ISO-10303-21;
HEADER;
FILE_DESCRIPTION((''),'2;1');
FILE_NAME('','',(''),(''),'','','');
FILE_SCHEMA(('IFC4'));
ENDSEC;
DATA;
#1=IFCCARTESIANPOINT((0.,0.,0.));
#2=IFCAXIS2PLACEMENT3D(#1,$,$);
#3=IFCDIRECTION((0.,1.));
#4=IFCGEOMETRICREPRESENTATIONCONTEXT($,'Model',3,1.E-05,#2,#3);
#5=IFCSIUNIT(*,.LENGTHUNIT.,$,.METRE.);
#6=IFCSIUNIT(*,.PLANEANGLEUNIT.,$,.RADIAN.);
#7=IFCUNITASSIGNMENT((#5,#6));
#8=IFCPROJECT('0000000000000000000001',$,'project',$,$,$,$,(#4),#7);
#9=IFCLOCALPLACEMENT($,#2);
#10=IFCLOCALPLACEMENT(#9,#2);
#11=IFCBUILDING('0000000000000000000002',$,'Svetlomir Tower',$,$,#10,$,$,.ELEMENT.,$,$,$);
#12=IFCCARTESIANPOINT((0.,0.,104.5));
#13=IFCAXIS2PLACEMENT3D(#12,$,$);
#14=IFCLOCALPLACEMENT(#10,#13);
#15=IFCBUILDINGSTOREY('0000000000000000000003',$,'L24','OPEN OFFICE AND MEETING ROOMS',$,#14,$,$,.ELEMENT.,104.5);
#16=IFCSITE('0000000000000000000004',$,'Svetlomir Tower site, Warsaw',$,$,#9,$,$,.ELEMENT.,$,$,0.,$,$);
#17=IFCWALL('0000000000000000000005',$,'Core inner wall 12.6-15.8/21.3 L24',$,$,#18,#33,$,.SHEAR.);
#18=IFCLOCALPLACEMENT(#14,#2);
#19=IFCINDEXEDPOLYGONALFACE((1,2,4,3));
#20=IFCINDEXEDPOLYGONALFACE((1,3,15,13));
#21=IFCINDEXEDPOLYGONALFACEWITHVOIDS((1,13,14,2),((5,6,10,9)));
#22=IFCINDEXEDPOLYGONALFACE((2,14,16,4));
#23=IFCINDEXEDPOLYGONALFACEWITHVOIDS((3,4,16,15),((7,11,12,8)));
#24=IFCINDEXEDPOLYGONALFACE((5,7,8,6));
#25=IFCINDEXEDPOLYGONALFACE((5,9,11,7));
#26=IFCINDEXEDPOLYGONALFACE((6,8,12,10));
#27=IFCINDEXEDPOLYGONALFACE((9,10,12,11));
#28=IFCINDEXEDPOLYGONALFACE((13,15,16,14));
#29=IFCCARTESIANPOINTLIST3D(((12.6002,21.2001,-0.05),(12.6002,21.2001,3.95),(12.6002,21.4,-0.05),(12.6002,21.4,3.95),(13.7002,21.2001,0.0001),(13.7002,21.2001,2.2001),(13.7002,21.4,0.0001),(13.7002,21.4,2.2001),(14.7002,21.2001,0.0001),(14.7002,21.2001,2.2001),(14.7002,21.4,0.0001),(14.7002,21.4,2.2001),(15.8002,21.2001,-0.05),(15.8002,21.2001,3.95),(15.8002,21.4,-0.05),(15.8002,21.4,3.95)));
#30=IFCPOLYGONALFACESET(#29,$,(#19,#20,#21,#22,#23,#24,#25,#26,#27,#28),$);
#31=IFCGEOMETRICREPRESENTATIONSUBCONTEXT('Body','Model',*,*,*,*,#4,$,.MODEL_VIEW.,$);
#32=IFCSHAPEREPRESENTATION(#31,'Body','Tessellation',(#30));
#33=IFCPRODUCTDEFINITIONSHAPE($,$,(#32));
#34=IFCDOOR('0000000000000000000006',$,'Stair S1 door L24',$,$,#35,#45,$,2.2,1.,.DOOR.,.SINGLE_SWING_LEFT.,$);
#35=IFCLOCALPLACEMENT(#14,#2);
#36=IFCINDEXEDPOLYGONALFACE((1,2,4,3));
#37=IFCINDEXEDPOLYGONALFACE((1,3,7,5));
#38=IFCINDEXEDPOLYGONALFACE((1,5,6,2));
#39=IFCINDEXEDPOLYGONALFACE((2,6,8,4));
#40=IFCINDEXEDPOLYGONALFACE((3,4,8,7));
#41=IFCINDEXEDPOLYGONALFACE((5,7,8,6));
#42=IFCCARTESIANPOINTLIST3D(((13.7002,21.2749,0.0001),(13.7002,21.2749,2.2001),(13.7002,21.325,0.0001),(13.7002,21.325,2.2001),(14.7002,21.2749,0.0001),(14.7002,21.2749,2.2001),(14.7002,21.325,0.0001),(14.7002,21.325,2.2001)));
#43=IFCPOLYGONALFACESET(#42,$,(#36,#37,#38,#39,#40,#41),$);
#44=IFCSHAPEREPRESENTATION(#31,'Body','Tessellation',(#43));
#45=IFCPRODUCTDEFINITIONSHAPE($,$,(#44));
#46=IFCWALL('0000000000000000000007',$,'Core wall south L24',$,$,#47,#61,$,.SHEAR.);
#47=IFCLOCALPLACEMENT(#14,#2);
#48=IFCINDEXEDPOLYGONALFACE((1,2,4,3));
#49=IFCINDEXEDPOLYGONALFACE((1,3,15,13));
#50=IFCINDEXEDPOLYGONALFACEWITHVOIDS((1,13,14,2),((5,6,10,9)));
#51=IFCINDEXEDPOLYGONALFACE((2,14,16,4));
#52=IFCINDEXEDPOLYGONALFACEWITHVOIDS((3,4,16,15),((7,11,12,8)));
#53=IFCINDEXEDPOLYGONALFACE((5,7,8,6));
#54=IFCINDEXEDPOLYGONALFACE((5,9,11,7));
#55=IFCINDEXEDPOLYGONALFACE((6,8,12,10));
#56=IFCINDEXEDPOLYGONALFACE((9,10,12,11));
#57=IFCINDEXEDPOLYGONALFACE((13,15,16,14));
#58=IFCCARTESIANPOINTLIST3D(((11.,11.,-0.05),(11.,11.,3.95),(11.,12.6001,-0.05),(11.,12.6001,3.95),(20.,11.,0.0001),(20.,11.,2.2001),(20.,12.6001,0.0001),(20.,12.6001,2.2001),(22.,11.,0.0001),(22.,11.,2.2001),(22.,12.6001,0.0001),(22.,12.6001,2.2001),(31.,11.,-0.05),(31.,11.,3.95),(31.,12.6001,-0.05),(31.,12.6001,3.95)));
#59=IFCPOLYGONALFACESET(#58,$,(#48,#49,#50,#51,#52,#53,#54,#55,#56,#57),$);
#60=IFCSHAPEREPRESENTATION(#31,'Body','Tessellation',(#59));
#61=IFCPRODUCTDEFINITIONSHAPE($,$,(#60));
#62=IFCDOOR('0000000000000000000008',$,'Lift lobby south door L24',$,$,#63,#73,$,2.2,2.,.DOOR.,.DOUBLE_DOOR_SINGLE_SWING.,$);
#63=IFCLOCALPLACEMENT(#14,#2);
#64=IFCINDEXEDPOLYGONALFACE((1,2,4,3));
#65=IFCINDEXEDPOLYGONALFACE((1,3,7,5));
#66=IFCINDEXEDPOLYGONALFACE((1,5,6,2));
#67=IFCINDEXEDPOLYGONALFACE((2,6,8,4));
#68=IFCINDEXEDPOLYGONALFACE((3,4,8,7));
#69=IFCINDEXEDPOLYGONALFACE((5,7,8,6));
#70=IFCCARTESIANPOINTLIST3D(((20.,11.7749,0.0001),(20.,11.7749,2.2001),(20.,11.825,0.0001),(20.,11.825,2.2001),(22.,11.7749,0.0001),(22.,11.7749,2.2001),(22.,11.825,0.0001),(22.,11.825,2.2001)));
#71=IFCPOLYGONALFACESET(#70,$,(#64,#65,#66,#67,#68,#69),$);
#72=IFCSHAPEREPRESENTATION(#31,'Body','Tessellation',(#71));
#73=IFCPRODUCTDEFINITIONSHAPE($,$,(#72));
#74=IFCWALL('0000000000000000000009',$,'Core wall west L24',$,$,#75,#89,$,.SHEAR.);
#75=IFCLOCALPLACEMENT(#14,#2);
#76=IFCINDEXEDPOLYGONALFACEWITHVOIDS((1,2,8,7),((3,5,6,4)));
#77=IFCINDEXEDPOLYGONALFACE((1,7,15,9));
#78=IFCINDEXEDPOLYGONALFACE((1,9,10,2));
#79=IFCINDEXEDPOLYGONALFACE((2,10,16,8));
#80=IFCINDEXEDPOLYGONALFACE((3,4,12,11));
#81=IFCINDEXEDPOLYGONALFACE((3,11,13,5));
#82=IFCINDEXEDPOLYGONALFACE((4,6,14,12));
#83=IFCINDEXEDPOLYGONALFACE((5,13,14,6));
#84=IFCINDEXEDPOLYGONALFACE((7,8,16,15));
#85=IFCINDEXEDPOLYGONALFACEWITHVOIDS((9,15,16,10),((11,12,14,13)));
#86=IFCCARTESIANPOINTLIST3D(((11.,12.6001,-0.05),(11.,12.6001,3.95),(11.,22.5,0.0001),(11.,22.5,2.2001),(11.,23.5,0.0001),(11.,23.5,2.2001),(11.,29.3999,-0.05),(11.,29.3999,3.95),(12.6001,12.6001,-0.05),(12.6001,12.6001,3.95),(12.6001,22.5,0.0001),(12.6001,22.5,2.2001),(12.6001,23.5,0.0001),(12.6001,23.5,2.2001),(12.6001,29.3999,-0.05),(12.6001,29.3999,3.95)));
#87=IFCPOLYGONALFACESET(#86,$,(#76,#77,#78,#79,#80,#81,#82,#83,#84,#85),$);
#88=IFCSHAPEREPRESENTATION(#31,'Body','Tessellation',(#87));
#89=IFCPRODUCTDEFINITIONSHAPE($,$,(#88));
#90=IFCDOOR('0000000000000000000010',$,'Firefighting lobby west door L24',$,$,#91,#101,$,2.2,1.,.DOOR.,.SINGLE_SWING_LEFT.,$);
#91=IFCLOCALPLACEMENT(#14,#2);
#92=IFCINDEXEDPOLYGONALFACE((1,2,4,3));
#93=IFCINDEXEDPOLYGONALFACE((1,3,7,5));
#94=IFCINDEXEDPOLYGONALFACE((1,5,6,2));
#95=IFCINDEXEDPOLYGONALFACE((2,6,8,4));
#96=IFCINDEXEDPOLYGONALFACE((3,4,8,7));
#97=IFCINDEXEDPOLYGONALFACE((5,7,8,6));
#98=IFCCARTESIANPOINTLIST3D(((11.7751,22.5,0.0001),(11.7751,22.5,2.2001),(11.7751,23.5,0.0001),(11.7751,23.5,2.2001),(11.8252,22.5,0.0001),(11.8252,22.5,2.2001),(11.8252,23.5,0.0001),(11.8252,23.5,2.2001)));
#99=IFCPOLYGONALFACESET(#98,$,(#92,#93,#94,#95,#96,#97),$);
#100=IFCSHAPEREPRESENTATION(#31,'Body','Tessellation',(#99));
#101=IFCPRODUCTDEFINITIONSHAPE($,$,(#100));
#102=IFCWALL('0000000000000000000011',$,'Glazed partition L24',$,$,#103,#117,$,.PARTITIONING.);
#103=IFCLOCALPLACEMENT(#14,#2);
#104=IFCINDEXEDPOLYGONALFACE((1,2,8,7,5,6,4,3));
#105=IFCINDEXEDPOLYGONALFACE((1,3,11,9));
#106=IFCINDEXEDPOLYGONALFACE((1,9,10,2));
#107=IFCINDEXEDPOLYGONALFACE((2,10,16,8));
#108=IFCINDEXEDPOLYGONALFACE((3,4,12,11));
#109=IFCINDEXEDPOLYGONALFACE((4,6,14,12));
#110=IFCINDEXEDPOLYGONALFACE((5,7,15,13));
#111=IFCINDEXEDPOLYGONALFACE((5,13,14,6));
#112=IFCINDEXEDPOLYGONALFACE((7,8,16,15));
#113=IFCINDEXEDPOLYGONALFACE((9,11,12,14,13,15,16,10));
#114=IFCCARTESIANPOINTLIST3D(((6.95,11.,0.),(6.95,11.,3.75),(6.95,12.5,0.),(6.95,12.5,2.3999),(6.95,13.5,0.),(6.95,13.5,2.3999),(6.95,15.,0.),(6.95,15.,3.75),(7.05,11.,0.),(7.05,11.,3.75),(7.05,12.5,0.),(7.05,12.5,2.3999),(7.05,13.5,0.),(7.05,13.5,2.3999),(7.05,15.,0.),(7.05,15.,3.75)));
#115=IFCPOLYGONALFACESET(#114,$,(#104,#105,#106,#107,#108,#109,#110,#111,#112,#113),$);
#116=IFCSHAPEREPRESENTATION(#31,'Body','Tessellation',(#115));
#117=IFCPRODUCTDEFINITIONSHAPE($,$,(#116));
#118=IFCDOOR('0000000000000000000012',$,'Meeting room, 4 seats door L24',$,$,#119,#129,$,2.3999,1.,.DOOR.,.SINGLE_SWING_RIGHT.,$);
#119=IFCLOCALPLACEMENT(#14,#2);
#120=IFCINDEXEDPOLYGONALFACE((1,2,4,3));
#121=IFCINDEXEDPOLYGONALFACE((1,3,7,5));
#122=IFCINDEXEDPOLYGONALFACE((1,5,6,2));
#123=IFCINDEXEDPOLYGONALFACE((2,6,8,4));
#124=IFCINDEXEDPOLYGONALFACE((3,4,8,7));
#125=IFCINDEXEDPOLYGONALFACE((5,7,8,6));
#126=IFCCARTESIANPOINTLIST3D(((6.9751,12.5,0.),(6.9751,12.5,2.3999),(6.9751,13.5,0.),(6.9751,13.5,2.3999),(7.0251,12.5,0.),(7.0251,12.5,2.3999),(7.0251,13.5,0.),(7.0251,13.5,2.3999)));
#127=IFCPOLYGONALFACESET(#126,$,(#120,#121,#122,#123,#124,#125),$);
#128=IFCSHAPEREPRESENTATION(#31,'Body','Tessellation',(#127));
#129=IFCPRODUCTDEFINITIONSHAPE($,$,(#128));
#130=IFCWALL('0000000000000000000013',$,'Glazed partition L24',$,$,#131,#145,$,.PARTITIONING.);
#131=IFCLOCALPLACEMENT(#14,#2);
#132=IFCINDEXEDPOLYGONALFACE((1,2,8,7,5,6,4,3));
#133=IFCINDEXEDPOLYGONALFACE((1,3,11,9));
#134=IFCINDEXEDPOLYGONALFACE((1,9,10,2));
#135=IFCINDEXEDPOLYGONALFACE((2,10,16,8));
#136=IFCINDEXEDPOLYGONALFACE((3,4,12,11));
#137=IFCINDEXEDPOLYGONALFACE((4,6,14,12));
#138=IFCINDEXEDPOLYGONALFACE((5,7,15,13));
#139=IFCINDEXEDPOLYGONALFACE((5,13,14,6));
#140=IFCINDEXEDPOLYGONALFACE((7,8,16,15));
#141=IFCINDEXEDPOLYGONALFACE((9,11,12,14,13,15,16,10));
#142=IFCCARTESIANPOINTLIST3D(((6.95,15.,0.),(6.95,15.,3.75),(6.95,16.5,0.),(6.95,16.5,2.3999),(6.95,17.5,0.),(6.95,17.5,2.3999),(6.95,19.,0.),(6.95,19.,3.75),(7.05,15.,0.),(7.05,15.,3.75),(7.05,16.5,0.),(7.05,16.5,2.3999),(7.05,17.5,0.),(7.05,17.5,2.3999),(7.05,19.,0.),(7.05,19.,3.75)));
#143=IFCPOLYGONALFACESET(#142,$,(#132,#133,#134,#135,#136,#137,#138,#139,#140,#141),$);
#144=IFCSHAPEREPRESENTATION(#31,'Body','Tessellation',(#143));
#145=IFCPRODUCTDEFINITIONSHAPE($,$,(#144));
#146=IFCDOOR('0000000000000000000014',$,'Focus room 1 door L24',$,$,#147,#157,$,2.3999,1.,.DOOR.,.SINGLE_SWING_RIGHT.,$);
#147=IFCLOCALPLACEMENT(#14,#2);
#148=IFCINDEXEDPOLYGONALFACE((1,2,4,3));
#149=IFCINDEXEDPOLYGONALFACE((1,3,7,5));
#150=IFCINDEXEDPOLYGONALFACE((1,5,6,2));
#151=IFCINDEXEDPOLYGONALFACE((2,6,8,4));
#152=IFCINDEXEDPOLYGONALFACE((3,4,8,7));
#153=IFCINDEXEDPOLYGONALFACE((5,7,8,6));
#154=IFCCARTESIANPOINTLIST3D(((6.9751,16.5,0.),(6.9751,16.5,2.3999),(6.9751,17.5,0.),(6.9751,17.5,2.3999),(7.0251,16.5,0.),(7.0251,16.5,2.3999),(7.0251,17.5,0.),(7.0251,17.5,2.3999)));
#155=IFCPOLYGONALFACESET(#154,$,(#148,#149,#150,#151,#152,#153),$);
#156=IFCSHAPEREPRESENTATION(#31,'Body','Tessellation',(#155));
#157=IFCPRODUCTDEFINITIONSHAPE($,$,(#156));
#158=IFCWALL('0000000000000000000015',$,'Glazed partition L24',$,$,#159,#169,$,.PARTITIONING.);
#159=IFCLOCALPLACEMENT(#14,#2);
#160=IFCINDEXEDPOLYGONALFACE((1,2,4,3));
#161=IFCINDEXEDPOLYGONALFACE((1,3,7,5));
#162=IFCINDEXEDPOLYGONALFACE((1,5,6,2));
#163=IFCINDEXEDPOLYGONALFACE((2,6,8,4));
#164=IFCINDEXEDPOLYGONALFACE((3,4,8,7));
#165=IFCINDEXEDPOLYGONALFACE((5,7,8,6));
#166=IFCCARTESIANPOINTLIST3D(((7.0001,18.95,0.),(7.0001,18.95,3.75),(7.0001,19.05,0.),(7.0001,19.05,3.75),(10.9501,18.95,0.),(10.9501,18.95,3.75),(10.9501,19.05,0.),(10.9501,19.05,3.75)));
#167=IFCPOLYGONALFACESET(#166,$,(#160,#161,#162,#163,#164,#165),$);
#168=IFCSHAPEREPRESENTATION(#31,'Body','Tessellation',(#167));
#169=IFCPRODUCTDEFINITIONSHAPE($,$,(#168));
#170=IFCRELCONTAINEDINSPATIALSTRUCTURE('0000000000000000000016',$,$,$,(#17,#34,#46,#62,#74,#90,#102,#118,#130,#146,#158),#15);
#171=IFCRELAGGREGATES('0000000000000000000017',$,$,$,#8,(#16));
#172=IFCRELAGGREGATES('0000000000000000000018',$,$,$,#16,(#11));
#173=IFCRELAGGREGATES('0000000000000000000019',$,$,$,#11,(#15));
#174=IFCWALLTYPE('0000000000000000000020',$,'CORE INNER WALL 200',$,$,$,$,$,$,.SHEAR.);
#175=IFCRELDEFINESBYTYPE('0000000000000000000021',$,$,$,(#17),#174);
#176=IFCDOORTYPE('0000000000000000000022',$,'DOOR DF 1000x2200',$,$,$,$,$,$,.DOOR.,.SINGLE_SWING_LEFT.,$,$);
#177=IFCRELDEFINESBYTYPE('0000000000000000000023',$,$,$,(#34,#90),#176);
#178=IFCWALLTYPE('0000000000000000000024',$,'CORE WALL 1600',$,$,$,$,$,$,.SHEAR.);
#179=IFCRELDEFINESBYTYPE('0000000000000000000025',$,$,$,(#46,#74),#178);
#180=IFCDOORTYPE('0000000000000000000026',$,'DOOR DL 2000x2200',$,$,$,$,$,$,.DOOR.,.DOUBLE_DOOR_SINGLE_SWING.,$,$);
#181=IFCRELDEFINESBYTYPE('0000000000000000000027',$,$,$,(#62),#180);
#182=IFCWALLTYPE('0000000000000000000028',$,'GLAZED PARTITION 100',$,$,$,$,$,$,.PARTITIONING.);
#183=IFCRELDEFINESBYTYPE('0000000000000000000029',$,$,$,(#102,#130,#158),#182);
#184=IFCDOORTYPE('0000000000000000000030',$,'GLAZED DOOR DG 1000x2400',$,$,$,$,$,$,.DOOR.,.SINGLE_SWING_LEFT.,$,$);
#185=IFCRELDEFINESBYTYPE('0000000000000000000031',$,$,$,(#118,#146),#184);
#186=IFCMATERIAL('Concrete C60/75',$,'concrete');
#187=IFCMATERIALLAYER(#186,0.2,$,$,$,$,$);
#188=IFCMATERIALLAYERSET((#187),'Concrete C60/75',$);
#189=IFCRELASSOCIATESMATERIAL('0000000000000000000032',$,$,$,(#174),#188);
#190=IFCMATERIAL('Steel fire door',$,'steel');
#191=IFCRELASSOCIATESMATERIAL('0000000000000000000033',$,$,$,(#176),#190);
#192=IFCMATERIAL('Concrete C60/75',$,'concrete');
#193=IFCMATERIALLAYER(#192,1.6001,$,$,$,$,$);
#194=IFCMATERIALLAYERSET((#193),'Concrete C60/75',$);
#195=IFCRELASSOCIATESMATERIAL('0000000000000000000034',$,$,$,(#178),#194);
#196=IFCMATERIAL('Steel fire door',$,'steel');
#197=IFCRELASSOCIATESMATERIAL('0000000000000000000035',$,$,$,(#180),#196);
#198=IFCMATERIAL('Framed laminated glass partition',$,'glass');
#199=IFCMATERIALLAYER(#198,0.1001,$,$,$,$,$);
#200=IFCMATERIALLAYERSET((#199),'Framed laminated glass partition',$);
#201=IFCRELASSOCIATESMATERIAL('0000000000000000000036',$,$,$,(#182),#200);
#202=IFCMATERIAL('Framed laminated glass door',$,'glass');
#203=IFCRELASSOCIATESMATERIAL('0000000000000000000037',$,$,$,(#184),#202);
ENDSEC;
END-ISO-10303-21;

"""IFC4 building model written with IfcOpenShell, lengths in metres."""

from ifc_helpers import new_model, si_unit, direction, frame, frame_2d, origin, place, context, subcontext, project, spatial, rectangle, extrude, material, layer, layer_set, type_object, element, fill, save


model = new_model("IFC4")

# Units and contexts
model_context = context("Model", 3, precision=1e-05, world=origin(), true_north=direction((0.0, 1.0)))
body_context = subcontext(model_context, "Body", "Model", "MODEL_VIEW")
ifc_project = project(units=[si_unit("LENGTHUNIT", "METRE"), si_unit("PLANEANGLEUNIT", "RADIAN")], contexts=[model_context])

# Site, building, storey
site_placement = place(None, origin())
site = spatial("IfcSite", under=ifc_project, at=site_placement, Name="Svetlomir Tower site, Warsaw", CompositionType="ELEMENT", RefElevation=0.0)
building_placement = place(site_placement, origin())
building = spatial("IfcBuilding", under=site, at=building_placement, Name="Svetlomir Tower", CompositionType="ELEMENT")
storey_placement = place(building_placement, frame((0.0, 0.0, 104.5)))
storey = spatial("IfcBuildingStorey", under=building, at=storey_placement, Name="L24", Description="OPEN OFFICE AND MEETING ROOMS", CompositionType="ELEMENT", Elevation=104.5)

# Walls, openings, doors
ifc_material_1 = material(Name="Concrete C60/75", Category="concrete")
ifc_layer_1 = layer(ifc_material_1, 0.2)
ifc_layer_set_1 = layer_set([ifc_layer_1], Name="Concrete C60/75")
wall_type_1 = type_object("IfcWallType", Name="CORE INNER WALL 200", PredefinedType="SHEAR", material=ifc_layer_set_1)
wall_1_placement = place(storey_placement, frame((12.6001, 21.3, -0.05), z_axis=(0.0, 0.0, 1.0), x_axis=(1.0, 0.0, 0.0)))
wall_1 = element("IfcWall", 1, at=wall_1_placement, inside=storey, type_object=wall_type_1, Name="Core inner wall 12.6-15.8/21.3 L24", PredefinedType="SHEAR", context=body_context, shape_type="SweptSolid", body=[
    extrude(rectangle(XDim=3.2, YDim=0.2, at=frame_2d((1.6001, 0.0))), origin(), (0.0, 0.0, 1.0), 4.0),
])
opening_1_placement = place(wall_1_placement, frame((1.1001, 0.0, 0.05)))
opening_1 = element("IfcOpeningElement", 2, at=opening_1_placement, cuts=wall_1, PredefinedType="OPENING", context=body_context, shape_type="SweptSolid", body=[
    extrude(rectangle(XDim=1.0, YDim=2.2, at=frame_2d((0.5, 1.1001))), frame((0.0, 0.1099, 0.0), z_axis=(0.0, -1.0, 0.0), x_axis=(1.0, 0.0, 0.0)), (0.0, 0.0, 1.0), 0.22),
])
ifc_material_2 = material(Name="Steel fire door", Category="steel")
door_type_1 = type_object("IfcDoorType", Name="DOOR DF 1000x2200", OperationType="SINGLE_SWING_LEFT", PredefinedType="DOOR", material=ifc_material_2)
door_1_placement = place(opening_1_placement, origin())
door_1 = element("IfcDoor", 3, at=door_1_placement, inside=storey, type_object=door_type_1, Name="Stair S1 door L24", OperationType="SINGLE_SWING_LEFT", OverallHeight=2.2, OverallWidth=1.0, PredefinedType="DOOR", context=body_context, shape_type="SweptSolid", body=[
    extrude(rectangle(XDim=1.0, YDim=2.2, at=frame_2d((0.5, 1.1001))), frame((0.0, 0.0249, 0.0), z_axis=(0.0, -1.0, 0.0), x_axis=(1.0, 0.0, 0.0)), (0.0, 0.0, 1.0), 0.05),
])
fill(opening_1, door_1)
ifc_material_3 = material(Name="Concrete C60/75", Category="concrete")
ifc_layer_2 = layer(ifc_material_3, 1.6001)
ifc_layer_set_2 = layer_set([ifc_layer_2], Name="Concrete C60/75")
wall_type_2 = type_object("IfcWallType", Name="CORE WALL 1600", PredefinedType="SHEAR", material=ifc_layer_set_2)
wall_2_placement = place(storey_placement, frame((11.0, 11.8, -0.05), z_axis=(0.0, 0.0, 1.0), x_axis=(1.0, 0.0, 0.0)))
wall_2 = element("IfcWall", 4, at=wall_2_placement, inside=storey, type_object=wall_type_2, Name="Core wall south L24", PredefinedType="SHEAR", context=body_context, shape_type="SweptSolid", body=[
    extrude(rectangle(XDim=20.0, YDim=1.6001, at=frame_2d((10.0, 0.0))), origin(), (0.0, 0.0, 1.0), 4.0),
])
opening_2_placement = place(wall_2_placement, frame((9.0, 0.0, 0.05)))
opening_2 = element("IfcOpeningElement", 5, at=opening_2_placement, cuts=wall_2, PredefinedType="OPENING", context=body_context, shape_type="SweptSolid", body=[
    extrude(rectangle(XDim=2.0, YDim=2.2, at=frame_2d((1.0, 1.1001))), frame((0.0, 0.8101, 0.0), z_axis=(0.0, -1.0, 0.0), x_axis=(1.0, 0.0, 0.0)), (0.0, 0.0, 1.0), 1.6201),
])
ifc_material_4 = material(Name="Steel fire door", Category="steel")
door_type_2 = type_object("IfcDoorType", Name="DOOR DL 2000x2200", OperationType="DOUBLE_DOOR_SINGLE_SWING", PredefinedType="DOOR", material=ifc_material_4)
door_2_placement = place(opening_2_placement, origin())
door_2 = element("IfcDoor", 6, at=door_2_placement, inside=storey, type_object=door_type_2, Name="Lift lobby south door L24", OperationType="DOUBLE_DOOR_SINGLE_SWING", OverallHeight=2.2, OverallWidth=2.0, PredefinedType="DOOR", context=body_context, shape_type="SweptSolid", body=[
    extrude(rectangle(XDim=2.0, YDim=2.2, at=frame_2d((1.0, 1.1001))), frame((0.0, 0.0249, 0.0), z_axis=(0.0, -1.0, 0.0), x_axis=(1.0, 0.0, 0.0)), (0.0, 0.0, 1.0), 0.05),
])
fill(opening_2, door_2)
wall_3_placement = place(storey_placement, frame((11.8, 12.6001, -0.05), z_axis=(0.0, 0.0, 1.0), x_axis=(0.0, 1.0, 0.0)))
wall_3 = element("IfcWall", 7, at=wall_3_placement, inside=storey, type_object=wall_type_2, Name="Core wall west L24", PredefinedType="SHEAR", context=body_context, shape_type="SweptSolid", body=[
    extrude(rectangle(XDim=16.7998, YDim=1.6001, at=frame_2d((8.3999, 0.0))), origin(), (0.0, 0.0, 1.0), 4.0),
])
opening_3_placement = place(wall_3_placement, frame((9.8999, 0.0, 0.05)))
opening_3 = element("IfcOpeningElement", 8, at=opening_3_placement, cuts=wall_3, PredefinedType="OPENING", context=body_context, shape_type="SweptSolid", body=[
    extrude(rectangle(XDim=1.0, YDim=2.2, at=frame_2d((0.5, 1.1001))), frame((0.0, 0.8101, 0.0), z_axis=(0.0, -1.0, 0.0), x_axis=(1.0, 0.0, 0.0)), (0.0, 0.0, 1.0), 1.6201),
])
door_3_placement = place(opening_3_placement, origin())
door_3 = element("IfcDoor", 9, at=door_3_placement, inside=storey, type_object=door_type_1, Name="Firefighting lobby west door L24", OperationType="SINGLE_SWING_LEFT", OverallHeight=2.2, OverallWidth=1.0, PredefinedType="DOOR", context=body_context, shape_type="SweptSolid", body=[
    extrude(rectangle(XDim=1.0, YDim=2.2, at=frame_2d((0.5, 1.1001))), frame((0.0, 0.0249, 0.0), z_axis=(0.0, -1.0, 0.0), x_axis=(1.0, 0.0, 0.0)), (0.0, 0.0, 1.0), 0.05),
])
fill(opening_3, door_3)
ifc_material_5 = material(Name="Framed laminated glass partition", Category="glass")
ifc_layer_3 = layer(ifc_material_5, 0.1001)
ifc_layer_set_3 = layer_set([ifc_layer_3], Name="Framed laminated glass partition")
wall_type_3 = type_object("IfcWallType", Name="GLAZED PARTITION 100", PredefinedType="PARTITIONING", material=ifc_layer_set_3)
wall_4_placement = place(storey_placement, frame((7.0, 11.0, 0.0), z_axis=(0.0, 0.0, 1.0), x_axis=(0.0, 1.0, 0.0)))
wall_4 = element("IfcWall", 10, at=wall_4_placement, inside=storey, type_object=wall_type_3, Name="Glazed partition L24", PredefinedType="PARTITIONING", context=body_context, shape_type="SweptSolid", body=[
    extrude(rectangle(XDim=4.0, YDim=0.1001, at=frame_2d((2.0, 0.0))), origin(), (0.0, 0.0, 1.0), 3.75),
])
opening_4_placement = place(wall_4_placement, frame((1.5, 0.0, 0.0)))
opening_4 = element("IfcOpeningElement", 11, at=opening_4_placement, cuts=wall_4, PredefinedType="OPENING", context=body_context, shape_type="SweptSolid", body=[
    extrude(rectangle(XDim=1.0, YDim=2.3999, at=frame_2d((0.5, 1.2))), frame((0.0, 0.0601, 0.0), z_axis=(0.0, -1.0, 0.0), x_axis=(1.0, 0.0, 0.0)), (0.0, 0.0, 1.0), 0.1201),
])
ifc_material_6 = material(Name="Framed laminated glass door", Category="glass")
door_type_3 = type_object("IfcDoorType", Name="GLAZED DOOR DG 1000x2400", OperationType="SINGLE_SWING_LEFT", PredefinedType="DOOR", material=ifc_material_6)
door_4_placement = place(opening_4_placement, origin())
door_4 = element("IfcDoor", 12, at=door_4_placement, inside=storey, type_object=door_type_3, Name="Meeting room, 4 seats door L24", OperationType="SINGLE_SWING_RIGHT", OverallHeight=2.3999, OverallWidth=1.0, PredefinedType="DOOR", context=body_context, shape_type="SweptSolid", body=[
    extrude(rectangle(XDim=1.0, YDim=2.3999, at=frame_2d((0.5, 1.2))), frame((0.0, 0.0249, 0.0), z_axis=(0.0, -1.0, 0.0), x_axis=(1.0, 0.0, 0.0)), (0.0, 0.0, 1.0), 0.05),
])
fill(opening_4, door_4)
wall_5_placement = place(storey_placement, frame((7.0, 15.0, 0.0), z_axis=(0.0, 0.0, 1.0), x_axis=(0.0, 1.0, 0.0)))
wall_5 = element("IfcWall", 13, at=wall_5_placement, inside=storey, type_object=wall_type_3, Name="Glazed partition L24", PredefinedType="PARTITIONING", context=body_context, shape_type="SweptSolid", body=[
    extrude(rectangle(XDim=4.0, YDim=0.1001, at=frame_2d((2.0, 0.0))), origin(), (0.0, 0.0, 1.0), 3.75),
])
opening_5_placement = place(wall_5_placement, frame((1.5, 0.0, 0.0)))
opening_5 = element("IfcOpeningElement", 14, at=opening_5_placement, cuts=wall_5, PredefinedType="OPENING", context=body_context, shape_type="SweptSolid", body=[
    extrude(rectangle(XDim=1.0, YDim=2.3999, at=frame_2d((0.5, 1.2))), frame((0.0, 0.0601, 0.0), z_axis=(0.0, -1.0, 0.0), x_axis=(1.0, 0.0, 0.0)), (0.0, 0.0, 1.0), 0.1201),
])
door_5_placement = place(opening_5_placement, origin())
door_5 = element("IfcDoor", 15, at=door_5_placement, inside=storey, type_object=door_type_3, Name="Focus room 1 door L24", OperationType="SINGLE_SWING_RIGHT", OverallHeight=2.3999, OverallWidth=1.0, PredefinedType="DOOR", context=body_context, shape_type="SweptSolid", body=[
    extrude(rectangle(XDim=1.0, YDim=2.3999, at=frame_2d((0.5, 1.2))), frame((0.0, 0.0249, 0.0), z_axis=(0.0, -1.0, 0.0), x_axis=(1.0, 0.0, 0.0)), (0.0, 0.0, 1.0), 0.05),
])
fill(opening_5, door_5)

# Wall
wall_6_placement = place(storey_placement, frame((7.0, 19.0, 0.0), z_axis=(0.0, 0.0, 1.0), x_axis=(1.0, 0.0, 0.0)))
element("IfcWall", 16, at=wall_6_placement, inside=storey, type_object=wall_type_3, Name="Glazed partition L24", PredefinedType="PARTITIONING", context=body_context, shape_type="SweptSolid", body=[
    extrude(rectangle(XDim=3.95, YDim=0.1001, at=frame_2d((1.9751, 0.0))), origin(), (0.0, 0.0, 1.0), 3.75),
])

save(model, "model.ifc")
